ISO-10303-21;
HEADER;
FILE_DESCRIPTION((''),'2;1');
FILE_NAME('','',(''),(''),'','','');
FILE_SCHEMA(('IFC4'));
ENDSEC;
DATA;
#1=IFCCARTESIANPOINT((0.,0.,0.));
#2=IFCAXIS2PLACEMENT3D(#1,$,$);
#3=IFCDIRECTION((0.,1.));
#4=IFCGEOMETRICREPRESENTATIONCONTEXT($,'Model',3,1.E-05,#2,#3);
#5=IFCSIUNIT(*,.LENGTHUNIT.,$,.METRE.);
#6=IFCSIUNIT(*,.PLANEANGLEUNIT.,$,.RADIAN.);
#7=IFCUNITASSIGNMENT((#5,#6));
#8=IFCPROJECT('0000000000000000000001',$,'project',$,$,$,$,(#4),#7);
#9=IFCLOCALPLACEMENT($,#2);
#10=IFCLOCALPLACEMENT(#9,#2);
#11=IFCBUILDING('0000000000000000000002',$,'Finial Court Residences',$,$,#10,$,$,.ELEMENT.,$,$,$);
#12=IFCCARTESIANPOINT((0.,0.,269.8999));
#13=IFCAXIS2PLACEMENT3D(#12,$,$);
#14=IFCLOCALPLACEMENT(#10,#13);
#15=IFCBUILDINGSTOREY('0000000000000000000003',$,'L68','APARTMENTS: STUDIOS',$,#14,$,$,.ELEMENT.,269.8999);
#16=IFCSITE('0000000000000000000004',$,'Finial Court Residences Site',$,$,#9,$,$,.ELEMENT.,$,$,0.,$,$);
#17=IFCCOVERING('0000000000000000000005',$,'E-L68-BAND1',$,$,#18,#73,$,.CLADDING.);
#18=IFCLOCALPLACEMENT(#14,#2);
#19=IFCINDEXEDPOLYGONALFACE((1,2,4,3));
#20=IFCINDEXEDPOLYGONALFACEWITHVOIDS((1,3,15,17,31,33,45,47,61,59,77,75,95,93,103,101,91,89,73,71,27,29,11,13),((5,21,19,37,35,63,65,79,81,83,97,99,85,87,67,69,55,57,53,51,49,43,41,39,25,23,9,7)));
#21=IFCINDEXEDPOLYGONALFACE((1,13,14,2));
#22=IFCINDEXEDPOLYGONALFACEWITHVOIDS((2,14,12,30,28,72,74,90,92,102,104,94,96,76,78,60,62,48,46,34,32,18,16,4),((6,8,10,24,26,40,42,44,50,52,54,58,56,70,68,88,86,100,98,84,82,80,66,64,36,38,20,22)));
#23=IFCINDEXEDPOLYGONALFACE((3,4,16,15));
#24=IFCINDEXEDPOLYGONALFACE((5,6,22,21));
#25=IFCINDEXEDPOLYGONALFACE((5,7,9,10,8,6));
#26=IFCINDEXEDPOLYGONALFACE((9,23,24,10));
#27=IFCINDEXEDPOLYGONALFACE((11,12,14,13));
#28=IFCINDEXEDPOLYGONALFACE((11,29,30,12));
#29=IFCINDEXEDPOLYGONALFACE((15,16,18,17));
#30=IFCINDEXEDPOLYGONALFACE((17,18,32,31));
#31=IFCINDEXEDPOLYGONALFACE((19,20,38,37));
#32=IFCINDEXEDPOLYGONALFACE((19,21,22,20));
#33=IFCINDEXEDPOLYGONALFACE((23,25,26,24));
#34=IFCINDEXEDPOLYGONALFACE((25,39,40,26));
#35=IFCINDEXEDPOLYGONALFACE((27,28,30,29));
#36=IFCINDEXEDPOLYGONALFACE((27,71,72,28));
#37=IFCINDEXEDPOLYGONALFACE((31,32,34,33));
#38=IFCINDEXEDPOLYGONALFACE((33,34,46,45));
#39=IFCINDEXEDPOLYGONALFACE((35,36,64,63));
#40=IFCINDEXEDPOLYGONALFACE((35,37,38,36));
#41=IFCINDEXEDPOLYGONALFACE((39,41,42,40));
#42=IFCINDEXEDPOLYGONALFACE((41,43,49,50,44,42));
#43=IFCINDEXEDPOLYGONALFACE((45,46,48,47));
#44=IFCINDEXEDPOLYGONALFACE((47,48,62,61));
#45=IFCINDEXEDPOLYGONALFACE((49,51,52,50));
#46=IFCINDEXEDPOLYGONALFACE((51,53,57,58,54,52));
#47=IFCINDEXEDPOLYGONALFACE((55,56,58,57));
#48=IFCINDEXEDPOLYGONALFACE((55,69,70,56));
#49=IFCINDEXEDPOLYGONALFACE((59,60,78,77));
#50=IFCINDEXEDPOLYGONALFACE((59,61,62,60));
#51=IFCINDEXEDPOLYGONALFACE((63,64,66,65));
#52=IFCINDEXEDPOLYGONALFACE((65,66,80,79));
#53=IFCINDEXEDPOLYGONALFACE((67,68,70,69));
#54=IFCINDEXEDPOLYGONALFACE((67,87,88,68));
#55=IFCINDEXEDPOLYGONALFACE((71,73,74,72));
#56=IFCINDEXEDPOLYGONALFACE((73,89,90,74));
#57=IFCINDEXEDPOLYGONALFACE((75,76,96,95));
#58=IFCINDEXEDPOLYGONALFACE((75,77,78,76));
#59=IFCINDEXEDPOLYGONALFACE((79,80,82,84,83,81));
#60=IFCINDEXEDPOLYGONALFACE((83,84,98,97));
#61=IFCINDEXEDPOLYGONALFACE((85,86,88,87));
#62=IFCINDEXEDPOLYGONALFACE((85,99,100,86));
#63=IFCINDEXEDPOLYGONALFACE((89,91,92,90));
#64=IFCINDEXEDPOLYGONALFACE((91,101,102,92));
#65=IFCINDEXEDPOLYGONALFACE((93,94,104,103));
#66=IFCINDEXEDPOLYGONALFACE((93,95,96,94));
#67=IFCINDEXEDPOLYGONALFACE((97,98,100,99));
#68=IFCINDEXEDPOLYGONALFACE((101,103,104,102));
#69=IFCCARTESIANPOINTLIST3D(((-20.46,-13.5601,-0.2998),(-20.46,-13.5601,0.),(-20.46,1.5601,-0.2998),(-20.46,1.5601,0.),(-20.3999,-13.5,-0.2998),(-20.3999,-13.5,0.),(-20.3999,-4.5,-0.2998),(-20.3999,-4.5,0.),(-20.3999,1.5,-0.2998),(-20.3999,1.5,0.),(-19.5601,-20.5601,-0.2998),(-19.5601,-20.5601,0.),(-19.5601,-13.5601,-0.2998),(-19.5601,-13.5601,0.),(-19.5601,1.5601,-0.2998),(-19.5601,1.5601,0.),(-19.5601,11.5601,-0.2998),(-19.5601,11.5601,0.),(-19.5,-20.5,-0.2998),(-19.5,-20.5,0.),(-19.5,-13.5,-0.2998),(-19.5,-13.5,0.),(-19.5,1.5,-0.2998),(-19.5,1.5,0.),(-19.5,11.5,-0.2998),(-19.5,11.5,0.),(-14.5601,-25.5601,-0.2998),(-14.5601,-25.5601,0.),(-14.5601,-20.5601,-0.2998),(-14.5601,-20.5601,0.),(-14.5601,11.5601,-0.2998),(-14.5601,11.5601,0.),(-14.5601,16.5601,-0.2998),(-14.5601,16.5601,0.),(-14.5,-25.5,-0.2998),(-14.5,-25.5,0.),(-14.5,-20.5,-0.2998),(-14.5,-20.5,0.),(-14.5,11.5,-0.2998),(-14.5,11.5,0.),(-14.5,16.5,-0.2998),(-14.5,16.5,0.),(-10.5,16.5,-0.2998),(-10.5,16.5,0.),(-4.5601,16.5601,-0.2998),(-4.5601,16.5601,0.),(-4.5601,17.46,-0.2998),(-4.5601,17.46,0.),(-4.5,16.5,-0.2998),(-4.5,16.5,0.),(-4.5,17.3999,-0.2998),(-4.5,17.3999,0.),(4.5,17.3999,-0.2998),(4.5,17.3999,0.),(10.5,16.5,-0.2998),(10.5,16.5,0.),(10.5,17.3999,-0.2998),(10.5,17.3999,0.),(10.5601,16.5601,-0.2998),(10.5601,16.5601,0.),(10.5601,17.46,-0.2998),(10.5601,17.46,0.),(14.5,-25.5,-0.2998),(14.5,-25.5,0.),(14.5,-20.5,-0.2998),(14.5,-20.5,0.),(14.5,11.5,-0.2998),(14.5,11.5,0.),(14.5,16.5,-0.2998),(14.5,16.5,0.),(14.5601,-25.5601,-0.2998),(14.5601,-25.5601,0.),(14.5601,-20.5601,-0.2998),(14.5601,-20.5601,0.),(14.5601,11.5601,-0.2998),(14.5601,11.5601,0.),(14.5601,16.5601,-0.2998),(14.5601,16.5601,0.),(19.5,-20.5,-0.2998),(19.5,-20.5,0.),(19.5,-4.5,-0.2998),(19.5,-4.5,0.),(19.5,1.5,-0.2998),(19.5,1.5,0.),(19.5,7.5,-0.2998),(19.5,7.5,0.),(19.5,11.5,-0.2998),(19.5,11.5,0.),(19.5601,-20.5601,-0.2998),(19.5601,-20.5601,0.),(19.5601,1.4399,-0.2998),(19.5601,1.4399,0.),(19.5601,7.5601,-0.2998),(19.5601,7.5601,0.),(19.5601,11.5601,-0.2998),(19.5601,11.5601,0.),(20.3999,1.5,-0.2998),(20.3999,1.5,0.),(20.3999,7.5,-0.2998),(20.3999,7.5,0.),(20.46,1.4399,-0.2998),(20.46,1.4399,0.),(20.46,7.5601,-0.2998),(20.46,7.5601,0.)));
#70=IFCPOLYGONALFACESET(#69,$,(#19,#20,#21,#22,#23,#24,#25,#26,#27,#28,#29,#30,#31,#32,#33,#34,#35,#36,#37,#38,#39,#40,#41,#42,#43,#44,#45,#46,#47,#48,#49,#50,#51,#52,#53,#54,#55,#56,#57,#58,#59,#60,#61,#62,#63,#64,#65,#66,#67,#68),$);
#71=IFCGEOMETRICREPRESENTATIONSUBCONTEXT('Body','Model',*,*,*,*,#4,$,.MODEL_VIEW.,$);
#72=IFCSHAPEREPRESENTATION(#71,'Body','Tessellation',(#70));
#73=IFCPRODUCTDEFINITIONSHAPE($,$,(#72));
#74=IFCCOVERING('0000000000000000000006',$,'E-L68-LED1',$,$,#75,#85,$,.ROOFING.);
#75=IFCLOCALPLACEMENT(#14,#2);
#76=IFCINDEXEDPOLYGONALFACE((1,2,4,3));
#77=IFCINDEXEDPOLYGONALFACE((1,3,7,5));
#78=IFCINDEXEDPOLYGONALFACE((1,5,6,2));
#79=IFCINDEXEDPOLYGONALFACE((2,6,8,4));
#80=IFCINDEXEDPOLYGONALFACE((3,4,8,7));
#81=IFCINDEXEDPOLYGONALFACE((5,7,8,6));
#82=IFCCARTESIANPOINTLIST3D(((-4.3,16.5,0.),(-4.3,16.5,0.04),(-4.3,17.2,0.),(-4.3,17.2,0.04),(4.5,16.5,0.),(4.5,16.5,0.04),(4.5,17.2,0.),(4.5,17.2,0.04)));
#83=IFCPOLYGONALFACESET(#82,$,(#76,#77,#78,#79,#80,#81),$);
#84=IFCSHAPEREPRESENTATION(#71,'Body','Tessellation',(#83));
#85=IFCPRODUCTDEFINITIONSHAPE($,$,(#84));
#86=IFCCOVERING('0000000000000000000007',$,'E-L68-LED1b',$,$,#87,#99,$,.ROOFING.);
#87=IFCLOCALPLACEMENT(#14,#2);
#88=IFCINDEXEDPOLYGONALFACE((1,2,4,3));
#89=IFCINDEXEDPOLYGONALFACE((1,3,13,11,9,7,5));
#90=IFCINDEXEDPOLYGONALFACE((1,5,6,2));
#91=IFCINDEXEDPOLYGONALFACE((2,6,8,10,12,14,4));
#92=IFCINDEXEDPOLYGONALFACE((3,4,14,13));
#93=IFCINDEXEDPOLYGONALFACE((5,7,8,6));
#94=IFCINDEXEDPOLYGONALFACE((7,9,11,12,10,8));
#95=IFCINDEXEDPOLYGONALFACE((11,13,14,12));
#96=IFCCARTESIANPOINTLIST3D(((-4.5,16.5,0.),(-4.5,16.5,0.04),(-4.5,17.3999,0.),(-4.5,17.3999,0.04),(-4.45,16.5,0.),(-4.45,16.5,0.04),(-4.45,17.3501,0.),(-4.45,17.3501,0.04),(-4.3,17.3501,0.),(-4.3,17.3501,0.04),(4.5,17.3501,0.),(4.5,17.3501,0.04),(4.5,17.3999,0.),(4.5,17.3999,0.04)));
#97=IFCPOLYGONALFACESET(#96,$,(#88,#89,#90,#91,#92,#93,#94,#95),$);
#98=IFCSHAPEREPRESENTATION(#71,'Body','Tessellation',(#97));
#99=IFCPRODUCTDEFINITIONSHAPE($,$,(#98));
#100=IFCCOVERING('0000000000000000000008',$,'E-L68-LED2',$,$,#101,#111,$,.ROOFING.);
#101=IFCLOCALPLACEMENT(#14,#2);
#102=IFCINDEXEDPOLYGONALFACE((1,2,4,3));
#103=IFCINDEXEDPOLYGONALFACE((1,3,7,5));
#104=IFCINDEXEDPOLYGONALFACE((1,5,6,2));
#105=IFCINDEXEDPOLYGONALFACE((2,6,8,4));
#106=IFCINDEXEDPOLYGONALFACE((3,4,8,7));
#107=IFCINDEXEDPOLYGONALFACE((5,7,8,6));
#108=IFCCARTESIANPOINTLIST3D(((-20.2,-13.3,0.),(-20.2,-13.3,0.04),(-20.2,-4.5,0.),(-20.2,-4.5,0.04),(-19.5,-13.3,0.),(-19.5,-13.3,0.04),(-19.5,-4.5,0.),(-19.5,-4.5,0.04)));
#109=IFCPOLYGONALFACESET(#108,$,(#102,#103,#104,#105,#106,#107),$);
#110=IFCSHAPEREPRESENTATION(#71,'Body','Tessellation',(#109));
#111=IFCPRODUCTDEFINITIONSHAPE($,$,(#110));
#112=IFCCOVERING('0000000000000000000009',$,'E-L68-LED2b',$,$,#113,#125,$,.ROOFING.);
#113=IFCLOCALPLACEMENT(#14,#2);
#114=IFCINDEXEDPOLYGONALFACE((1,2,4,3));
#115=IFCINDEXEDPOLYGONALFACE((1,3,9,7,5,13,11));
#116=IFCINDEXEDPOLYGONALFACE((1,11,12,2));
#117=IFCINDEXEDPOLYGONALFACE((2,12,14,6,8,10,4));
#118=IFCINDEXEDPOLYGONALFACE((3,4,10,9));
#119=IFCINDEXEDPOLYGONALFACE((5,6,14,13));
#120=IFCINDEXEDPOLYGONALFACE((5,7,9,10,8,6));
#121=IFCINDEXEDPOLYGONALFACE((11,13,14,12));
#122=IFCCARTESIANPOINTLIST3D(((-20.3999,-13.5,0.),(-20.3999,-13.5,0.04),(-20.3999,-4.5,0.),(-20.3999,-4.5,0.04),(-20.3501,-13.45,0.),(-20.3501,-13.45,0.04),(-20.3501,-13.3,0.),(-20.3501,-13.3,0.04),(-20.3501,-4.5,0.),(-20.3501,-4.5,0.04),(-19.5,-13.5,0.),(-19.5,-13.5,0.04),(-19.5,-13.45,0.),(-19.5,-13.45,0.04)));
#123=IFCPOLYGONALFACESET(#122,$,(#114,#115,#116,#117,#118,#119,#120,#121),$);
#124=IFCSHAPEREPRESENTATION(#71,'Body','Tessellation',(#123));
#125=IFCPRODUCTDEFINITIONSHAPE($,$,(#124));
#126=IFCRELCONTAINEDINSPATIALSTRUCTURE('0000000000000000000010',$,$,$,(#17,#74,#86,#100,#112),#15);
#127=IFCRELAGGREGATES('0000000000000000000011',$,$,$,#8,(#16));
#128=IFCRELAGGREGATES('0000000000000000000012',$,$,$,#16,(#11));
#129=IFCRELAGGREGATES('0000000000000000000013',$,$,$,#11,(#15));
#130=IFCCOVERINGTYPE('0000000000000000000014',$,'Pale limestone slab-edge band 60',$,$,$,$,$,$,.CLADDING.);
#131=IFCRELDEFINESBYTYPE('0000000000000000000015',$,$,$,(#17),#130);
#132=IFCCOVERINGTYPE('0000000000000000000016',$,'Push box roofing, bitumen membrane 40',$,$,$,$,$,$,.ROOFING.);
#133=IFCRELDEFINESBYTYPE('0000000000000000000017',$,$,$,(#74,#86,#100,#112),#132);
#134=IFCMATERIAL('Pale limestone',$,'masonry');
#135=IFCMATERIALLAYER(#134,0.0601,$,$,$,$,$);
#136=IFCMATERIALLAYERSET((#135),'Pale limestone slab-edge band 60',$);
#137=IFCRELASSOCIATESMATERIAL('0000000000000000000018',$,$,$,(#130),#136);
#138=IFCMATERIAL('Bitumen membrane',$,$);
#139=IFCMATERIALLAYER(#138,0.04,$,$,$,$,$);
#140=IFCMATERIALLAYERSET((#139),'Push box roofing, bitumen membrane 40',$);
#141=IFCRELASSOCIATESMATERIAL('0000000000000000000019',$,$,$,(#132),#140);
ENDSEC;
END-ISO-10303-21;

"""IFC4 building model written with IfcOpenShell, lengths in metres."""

from ifc_helpers import new_model, si_unit, direction, frame, origin, place, context, subcontext, project, spatial, polyline, outline, extrude, material, layer, layer_set, type_object, element, save


model = new_model("IFC4")

# Units and contexts
model_context = context("Model", 3, precision=1e-05, world=origin(), true_north=direction((0.0, 1.0)))
body_context = subcontext(model_context, "Body", "Model", "MODEL_VIEW")
ifc_project = project(units=[si_unit("LENGTHUNIT", "METRE"), si_unit("PLANEANGLEUNIT", "RADIAN")], contexts=[model_context])

# Site, building, storey
site_placement = place(None, origin())
site = spatial("IfcSite", under=ifc_project, at=site_placement, Name="Finial Court Residences Site", CompositionType="ELEMENT", RefElevation=0.0)
building_placement = place(site_placement, origin())
building = spatial("IfcBuilding", under=site, at=building_placement, Name="Finial Court Residences", CompositionType="ELEMENT")
storey_placement = place(building_placement, frame((0.0, 0.0, 269.8999)))
storey = spatial("IfcBuildingStorey", under=building, at=storey_placement, Name="L68", Description="APARTMENTS: STUDIOS", CompositionType="ELEMENT", Elevation=269.8999)

# Coverings
ifc_material_1 = material(Name="Pale limestone", Category="masonry")
ifc_layer_1 = layer(ifc_material_1, 0.0601)
ifc_layer_set_1 = layer_set([ifc_layer_1], Name="Pale limestone slab-edge band 60")
covering_type_1 = type_object("IfcCoveringType", Name="Pale limestone slab-edge band 60", PredefinedType="CLADDING", material=ifc_layer_set_1)
covering_1_placement = place(storey_placement, frame((0.0, 0.0, -0.2998)))
element("IfcCovering", 1, at=covering_1_placement, inside=storey, type_object=covering_type_1, Name="E-L68-BAND1", PredefinedType="CLADDING", context=body_context, shape_type="SweptSolid", body=[
    extrude(outline(polyline([(-19.5601, 1.5601), (-19.5601, 11.5601), (-14.5601, 11.5601), (-14.5601, 16.5601), (-4.5601, 16.5601), (-4.5601, 17.46), (10.5601, 17.46), (10.5601, 16.5601), (14.5601, 16.5601), (14.5601, 11.5601), (19.5601, 11.5601), (19.5601, 7.5601), (20.46, 7.5601), (20.46, 1.4399), (19.5601, 1.4399), (19.5601, -20.5601), (14.5601, -20.5601), (14.5601, -25.5601), (-14.5601, -25.5601), (-14.5601, -20.5601), (-19.5601, -20.5601), (-19.5601, -13.5601), (-20.46, -13.5601), (-20.46, 1.5601), (-19.5601, 1.5601)]), holes=[polyline([(-20.3999, -13.5), (-19.5, -13.5), (-19.5, -20.5), (-14.5, -20.5), (-14.5, -25.5), (14.5, -25.5), (14.5, -20.5), (19.5, -20.5), (19.5, -4.5), (19.5, 1.5), (20.3999, 1.5), (20.3999, 7.5), (19.5, 7.5), (19.5, 11.5), (14.5, 11.5), (14.5, 16.5), (10.5, 16.5), (10.5, 17.3999), (4.5, 17.3999), (-4.5, 17.3999), (-4.5, 16.5), (-10.5, 16.5), (-14.5, 16.5), (-14.5, 11.5), (-19.5, 11.5), (-19.5, 1.5), (-20.3999, 1.5), (-20.3999, -4.5), (-20.3999, -13.5)])]), origin(), (0.0, 0.0, 1.0), 0.2998),
])
ifc_material_2 = material(Name="Bitumen membrane")
ifc_layer_2 = layer(ifc_material_2, 0.04)
ifc_layer_set_2 = layer_set([ifc_layer_2], Name="Push box roofing, bitumen membrane 40")
covering_type_2 = type_object("IfcCoveringType", Name="Push box roofing, bitumen membrane 40", PredefinedType="ROOFING", material=ifc_layer_set_2)
covering_2_placement = place(storey_placement, origin())
element("IfcCovering", 2, at=covering_2_placement, inside=storey, type_object=covering_type_2, Name="E-L68-LED1", PredefinedType="ROOFING", context=body_context, shape_type="SweptSolid", body=[
    extrude(outline(polyline([(-4.3, 16.5), (-4.3, 17.2), (4.5, 17.2), (4.5, 16.5), (-4.3, 16.5)])), origin(), (0.0, 0.0, 1.0), 0.04),
])
covering_3_placement = place(storey_placement, origin())
element("IfcCovering", 3, at=covering_3_placement, inside=storey, type_object=covering_type_2, Name="E-L68-LED1b", PredefinedType="ROOFING", context=body_context, shape_type="SweptSolid", body=[
    extrude(outline(polyline([(-4.5, 16.5), (-4.5, 17.3999), (4.5, 17.3999), (4.5, 17.3501), (-4.3, 17.3501), (-4.3, 17.3501), (-4.45, 17.3501), (-4.45, 16.5), (-4.5, 16.5)])), origin(), (0.0, 0.0, 1.0), 0.04),
])
covering_4_placement = place(storey_placement, origin())
element("IfcCovering", 4, at=covering_4_placement, inside=storey, type_object=covering_type_2, Name="E-L68-LED2", PredefinedType="ROOFING", context=body_context, shape_type="SweptSolid", body=[
    extrude(outline(polyline([(-19.5, -13.3), (-20.2, -13.3), (-20.2, -4.5), (-19.5, -4.5), (-19.5, -13.3)])), origin(), (0.0, 0.0, 1.0), 0.04),
])
covering_5_placement = place(storey_placement, origin())
element("IfcCovering", 5, at=covering_5_placement, inside=storey, type_object=covering_type_2, Name="E-L68-LED2b", PredefinedType="ROOFING", context=body_context, shape_type="SweptSolid", body=[
    extrude(outline(polyline([(-19.5, -13.5), (-20.3999, -13.5), (-20.3999, -4.5), (-20.3501, -4.5), (-20.3501, -13.3), (-20.3501, -13.3), (-20.3501, -13.45), (-19.5, -13.45), (-19.5, -13.5)])), origin(), (0.0, 0.0, 1.0), 0.04),
])

save(model, "model.ifc")
